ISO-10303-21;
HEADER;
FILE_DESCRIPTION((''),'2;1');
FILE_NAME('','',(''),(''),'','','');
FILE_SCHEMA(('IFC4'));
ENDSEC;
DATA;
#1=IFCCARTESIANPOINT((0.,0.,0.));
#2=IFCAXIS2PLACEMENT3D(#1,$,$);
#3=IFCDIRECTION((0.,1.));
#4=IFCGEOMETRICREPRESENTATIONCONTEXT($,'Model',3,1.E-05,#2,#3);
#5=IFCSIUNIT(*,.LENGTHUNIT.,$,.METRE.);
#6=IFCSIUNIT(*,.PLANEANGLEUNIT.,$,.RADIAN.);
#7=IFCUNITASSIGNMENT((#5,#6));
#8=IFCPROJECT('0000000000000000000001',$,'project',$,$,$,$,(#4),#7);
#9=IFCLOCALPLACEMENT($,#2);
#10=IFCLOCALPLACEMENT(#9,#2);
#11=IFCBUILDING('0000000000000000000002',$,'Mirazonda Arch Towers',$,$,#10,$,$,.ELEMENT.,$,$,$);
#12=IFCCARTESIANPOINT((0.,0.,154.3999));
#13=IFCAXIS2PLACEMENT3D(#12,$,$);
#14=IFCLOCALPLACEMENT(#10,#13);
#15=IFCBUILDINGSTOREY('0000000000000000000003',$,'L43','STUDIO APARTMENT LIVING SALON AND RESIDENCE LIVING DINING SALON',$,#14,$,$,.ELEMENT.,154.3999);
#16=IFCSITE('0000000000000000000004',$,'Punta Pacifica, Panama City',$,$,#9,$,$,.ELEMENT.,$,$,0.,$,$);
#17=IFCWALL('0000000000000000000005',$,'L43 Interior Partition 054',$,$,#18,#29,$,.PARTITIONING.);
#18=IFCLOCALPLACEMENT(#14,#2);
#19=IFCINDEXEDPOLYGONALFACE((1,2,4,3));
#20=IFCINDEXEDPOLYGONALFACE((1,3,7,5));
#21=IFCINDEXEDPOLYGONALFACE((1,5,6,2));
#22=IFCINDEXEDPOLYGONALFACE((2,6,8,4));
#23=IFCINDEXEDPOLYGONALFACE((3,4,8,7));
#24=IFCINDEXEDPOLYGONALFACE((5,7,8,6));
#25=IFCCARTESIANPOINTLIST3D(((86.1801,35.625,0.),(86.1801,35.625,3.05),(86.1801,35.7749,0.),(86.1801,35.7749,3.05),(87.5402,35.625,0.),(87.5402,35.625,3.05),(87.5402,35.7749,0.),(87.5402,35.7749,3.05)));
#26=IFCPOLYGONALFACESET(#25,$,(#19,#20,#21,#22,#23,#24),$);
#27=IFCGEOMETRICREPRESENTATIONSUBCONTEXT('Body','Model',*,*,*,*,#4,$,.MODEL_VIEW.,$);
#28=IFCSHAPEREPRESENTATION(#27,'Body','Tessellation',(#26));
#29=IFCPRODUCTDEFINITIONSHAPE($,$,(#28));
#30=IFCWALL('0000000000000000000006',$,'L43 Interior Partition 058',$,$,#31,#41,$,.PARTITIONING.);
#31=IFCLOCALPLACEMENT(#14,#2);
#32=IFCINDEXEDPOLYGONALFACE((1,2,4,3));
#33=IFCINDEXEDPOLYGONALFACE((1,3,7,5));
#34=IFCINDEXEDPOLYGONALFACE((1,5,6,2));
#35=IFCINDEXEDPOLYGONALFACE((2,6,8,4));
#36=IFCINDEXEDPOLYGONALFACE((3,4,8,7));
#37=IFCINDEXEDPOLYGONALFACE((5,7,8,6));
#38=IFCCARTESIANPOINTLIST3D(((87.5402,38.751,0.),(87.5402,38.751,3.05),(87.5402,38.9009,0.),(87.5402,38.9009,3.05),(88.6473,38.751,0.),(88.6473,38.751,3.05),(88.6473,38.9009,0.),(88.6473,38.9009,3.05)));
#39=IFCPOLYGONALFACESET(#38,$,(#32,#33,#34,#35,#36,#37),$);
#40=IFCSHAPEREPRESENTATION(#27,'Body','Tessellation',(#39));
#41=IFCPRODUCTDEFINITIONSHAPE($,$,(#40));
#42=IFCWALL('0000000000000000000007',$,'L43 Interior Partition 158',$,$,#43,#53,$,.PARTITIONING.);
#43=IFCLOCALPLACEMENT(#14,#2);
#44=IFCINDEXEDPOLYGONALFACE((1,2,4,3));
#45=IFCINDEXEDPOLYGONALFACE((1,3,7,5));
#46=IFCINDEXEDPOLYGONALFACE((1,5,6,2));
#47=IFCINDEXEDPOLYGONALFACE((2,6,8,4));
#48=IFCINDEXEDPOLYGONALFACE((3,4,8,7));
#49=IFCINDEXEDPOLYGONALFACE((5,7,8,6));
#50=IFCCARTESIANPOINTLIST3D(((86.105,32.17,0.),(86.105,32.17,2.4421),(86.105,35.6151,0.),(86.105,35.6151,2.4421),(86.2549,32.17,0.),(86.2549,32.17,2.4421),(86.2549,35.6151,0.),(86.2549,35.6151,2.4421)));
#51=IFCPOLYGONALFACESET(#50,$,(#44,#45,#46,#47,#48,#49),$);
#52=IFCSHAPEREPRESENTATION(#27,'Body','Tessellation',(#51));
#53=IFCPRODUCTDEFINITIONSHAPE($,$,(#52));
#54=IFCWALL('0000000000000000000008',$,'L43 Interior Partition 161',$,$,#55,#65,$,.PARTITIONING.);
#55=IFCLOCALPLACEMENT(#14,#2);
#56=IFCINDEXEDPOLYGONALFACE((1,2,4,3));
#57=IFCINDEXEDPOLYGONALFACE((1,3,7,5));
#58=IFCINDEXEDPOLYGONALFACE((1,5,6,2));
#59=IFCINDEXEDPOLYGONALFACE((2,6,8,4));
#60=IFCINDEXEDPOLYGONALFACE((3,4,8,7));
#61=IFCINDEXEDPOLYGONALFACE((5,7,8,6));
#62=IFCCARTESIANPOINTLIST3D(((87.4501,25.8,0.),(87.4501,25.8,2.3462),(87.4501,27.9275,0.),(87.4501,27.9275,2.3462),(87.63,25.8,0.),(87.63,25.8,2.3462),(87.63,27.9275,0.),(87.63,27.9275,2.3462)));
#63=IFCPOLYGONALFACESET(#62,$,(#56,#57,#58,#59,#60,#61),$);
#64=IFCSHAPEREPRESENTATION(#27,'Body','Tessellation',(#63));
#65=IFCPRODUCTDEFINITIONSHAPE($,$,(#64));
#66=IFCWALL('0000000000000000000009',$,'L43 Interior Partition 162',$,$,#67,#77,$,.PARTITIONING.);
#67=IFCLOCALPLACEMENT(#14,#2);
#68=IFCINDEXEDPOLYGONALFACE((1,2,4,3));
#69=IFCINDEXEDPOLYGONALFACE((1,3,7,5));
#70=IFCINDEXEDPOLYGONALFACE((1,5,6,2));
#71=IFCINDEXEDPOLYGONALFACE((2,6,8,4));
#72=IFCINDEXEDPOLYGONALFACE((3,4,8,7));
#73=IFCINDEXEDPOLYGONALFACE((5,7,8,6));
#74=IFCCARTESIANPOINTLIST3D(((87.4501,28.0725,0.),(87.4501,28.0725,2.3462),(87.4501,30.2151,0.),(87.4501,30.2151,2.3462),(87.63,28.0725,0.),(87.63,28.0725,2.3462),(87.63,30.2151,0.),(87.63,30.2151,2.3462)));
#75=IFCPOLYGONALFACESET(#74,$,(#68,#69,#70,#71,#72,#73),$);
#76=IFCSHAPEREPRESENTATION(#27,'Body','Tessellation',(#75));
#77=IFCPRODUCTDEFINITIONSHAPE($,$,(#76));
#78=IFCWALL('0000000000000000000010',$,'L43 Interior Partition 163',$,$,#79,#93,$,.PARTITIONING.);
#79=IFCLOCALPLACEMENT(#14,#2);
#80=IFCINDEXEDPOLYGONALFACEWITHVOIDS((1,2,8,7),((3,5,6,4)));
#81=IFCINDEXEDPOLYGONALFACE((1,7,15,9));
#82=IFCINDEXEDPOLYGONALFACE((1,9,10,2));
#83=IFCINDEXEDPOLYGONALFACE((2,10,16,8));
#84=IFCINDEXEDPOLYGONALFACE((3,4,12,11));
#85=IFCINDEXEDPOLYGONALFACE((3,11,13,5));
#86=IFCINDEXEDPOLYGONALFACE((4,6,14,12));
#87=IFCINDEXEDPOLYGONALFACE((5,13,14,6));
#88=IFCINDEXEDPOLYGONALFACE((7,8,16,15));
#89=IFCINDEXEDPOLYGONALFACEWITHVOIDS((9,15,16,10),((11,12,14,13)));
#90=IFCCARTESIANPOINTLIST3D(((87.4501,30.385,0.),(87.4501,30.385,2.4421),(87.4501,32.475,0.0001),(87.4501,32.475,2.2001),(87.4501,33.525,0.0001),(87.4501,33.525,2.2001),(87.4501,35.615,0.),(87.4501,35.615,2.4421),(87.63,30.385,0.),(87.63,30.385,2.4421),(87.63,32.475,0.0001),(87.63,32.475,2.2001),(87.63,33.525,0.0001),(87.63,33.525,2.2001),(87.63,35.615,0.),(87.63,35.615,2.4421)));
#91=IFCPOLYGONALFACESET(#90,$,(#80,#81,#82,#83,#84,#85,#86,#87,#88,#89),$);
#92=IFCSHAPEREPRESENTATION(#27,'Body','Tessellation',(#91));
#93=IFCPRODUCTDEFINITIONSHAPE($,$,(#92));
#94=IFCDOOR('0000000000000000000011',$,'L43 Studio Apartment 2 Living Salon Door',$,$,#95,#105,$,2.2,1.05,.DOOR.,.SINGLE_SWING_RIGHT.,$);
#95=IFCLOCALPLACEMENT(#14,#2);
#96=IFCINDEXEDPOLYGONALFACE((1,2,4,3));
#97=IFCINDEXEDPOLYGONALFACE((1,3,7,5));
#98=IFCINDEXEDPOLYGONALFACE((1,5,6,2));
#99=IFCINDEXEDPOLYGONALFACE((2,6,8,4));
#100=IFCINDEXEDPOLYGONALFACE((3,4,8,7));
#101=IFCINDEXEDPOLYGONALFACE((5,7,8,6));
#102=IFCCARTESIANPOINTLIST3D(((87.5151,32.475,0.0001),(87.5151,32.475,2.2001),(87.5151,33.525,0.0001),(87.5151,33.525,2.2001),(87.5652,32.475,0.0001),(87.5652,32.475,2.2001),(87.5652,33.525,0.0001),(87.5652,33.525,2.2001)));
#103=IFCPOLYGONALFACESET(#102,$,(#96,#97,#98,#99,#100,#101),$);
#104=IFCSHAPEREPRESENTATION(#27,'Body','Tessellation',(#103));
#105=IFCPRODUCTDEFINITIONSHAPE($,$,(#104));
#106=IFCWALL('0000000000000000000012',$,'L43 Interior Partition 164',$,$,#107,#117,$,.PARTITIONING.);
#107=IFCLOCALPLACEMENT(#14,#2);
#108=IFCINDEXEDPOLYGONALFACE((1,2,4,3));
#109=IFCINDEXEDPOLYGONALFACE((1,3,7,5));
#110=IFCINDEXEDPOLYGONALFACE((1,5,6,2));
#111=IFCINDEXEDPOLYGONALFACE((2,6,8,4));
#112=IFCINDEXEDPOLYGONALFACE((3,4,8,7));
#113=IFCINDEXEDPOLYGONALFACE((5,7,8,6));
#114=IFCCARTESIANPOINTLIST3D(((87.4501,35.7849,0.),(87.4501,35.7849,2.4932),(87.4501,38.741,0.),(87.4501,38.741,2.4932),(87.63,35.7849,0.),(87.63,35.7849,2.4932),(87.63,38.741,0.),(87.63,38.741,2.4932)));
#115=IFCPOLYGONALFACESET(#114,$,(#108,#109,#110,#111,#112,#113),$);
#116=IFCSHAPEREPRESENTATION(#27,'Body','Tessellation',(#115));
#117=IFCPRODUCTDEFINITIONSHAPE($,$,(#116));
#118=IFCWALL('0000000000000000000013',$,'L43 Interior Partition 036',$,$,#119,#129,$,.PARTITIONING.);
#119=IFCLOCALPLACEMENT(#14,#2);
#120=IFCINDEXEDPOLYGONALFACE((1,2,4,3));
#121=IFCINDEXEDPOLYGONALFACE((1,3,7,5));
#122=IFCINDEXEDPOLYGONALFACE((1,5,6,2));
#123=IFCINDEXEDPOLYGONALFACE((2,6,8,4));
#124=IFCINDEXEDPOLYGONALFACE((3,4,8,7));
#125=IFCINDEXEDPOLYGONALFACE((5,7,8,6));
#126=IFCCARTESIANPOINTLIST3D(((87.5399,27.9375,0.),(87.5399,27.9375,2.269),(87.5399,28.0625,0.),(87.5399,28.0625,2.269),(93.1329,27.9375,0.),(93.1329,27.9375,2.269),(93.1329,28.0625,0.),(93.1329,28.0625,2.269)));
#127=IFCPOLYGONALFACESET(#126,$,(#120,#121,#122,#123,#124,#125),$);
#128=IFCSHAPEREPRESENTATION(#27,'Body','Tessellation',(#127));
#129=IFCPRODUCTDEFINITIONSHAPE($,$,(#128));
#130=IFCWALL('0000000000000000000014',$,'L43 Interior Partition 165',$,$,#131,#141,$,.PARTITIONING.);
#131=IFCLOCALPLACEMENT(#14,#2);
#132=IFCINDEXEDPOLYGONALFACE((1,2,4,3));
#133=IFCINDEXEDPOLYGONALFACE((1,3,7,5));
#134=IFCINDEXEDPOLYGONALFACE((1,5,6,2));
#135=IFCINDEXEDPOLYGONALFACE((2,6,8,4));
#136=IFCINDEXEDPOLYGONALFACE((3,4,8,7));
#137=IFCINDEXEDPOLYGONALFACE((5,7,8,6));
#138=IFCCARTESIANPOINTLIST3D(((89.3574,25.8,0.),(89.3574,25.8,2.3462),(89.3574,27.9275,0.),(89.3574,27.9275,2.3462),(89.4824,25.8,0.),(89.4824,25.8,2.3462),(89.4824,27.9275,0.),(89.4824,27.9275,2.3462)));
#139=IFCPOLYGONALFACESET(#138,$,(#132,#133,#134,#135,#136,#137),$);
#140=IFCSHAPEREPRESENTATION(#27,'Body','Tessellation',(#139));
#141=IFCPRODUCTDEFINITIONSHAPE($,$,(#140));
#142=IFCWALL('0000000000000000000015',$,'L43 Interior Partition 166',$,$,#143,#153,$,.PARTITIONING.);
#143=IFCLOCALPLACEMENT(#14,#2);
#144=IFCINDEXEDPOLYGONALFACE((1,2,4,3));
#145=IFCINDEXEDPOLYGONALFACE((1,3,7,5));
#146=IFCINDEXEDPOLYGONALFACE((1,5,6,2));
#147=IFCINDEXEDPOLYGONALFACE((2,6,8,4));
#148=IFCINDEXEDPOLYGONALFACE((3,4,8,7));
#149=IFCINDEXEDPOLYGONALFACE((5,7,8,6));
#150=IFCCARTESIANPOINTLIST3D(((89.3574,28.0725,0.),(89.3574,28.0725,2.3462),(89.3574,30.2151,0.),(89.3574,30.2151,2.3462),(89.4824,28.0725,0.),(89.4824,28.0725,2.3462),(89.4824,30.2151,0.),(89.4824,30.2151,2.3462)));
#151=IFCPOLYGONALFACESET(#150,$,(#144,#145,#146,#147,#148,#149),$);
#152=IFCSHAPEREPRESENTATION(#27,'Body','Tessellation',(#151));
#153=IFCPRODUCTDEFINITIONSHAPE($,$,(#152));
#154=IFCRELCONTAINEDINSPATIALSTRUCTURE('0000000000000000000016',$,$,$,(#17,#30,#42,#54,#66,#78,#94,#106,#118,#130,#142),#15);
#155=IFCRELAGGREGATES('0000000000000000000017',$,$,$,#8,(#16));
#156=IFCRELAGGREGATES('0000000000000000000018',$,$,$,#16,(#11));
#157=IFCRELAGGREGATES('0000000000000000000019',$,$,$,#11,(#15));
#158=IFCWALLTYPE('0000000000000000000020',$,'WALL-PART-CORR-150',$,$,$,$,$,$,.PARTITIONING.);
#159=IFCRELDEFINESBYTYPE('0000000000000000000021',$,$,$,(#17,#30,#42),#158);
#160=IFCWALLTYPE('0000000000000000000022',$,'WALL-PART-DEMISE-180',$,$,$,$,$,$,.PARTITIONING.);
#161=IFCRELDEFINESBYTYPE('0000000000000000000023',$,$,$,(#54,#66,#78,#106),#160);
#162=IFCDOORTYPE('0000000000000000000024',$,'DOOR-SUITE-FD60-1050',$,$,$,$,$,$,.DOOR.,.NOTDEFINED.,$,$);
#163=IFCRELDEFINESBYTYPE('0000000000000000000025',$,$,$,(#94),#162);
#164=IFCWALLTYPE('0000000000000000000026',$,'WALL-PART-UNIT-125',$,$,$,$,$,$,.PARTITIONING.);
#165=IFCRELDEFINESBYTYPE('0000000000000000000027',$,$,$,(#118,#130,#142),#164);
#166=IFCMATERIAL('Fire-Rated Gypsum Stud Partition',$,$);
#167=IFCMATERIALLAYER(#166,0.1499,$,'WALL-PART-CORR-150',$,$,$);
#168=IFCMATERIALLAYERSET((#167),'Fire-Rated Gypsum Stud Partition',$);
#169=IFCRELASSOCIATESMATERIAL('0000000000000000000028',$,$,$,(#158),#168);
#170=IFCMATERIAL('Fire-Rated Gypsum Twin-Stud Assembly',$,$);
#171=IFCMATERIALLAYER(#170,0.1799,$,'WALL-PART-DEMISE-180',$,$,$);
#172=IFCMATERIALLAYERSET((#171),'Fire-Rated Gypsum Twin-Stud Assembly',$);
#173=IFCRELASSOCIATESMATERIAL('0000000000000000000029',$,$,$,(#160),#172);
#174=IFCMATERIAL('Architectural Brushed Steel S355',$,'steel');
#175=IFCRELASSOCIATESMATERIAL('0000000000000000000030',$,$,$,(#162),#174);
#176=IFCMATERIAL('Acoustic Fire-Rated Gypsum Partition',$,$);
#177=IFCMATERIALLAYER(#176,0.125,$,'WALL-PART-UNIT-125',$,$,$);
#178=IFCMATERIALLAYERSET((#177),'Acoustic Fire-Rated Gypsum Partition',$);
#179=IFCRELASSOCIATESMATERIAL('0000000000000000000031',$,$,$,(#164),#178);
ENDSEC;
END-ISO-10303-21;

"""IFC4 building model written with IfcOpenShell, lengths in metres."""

from ifc_helpers import new_model, si_unit, direction, frame, frame_2d, origin, place, context, subcontext, project, spatial, rectangle, extrude, material, layer, layer_set, type_object, element, fill, save


model = new_model("IFC4")

# Units and contexts
model_context = context("Model", 3, precision=1e-05, world=origin(), true_north=direction((0.0, 1.0)))
body_context = subcontext(model_context, "Body", "Model", "MODEL_VIEW")
ifc_project = project(units=[si_unit("LENGTHUNIT", "METRE"), si_unit("PLANEANGLEUNIT", "RADIAN")], contexts=[model_context])

# Site, building, storey
site_placement = place(None, origin())
site = spatial("IfcSite", under=ifc_project, at=site_placement, Name="Punta Pacifica, Panama City", CompositionType="ELEMENT", RefElevation=0.0)
building_placement = place(site_placement, origin())
building = spatial("IfcBuilding", under=site, at=building_placement, Name="Mirazonda Arch Towers", CompositionType="ELEMENT")
storey_placement = place(building_placement, frame((0.0, 0.0, 154.3999)))
storey = spatial("IfcBuildingStorey", under=building, at=storey_placement, Name="L43", Description="STUDIO APARTMENT LIVING SALON AND RESIDENCE LIVING DINING SALON", CompositionType="ELEMENT", Elevation=154.3999)

# Shared definitions
ifc_material_1 = material(Name="Fire-Rated Gypsum Stud Partition")
ifc_layer_1 = layer(ifc_material_1, 0.1499, Name="WALL-PART-CORR-150")
ifc_layer_set_1 = layer_set([ifc_layer_1], Name="Fire-Rated Gypsum Stud Partition")
wall_type_1 = type_object("IfcWallType", Name="WALL-PART-CORR-150", PredefinedType="PARTITIONING", material=ifc_layer_set_1)
ifc_material_2 = material(Name="Architectural Brushed Steel S355", Category="steel")

# Walls
wall_1_placement = place(storey_placement, frame((86.1799, 35.7, 0.0), z_axis=(0.0, 0.0, 1.0), x_axis=(1.0, 0.0, 0.0)))
element("IfcWall", 1, at=wall_1_placement, inside=storey, type_object=wall_type_1, Name="L43 Interior Partition 054", PredefinedType="PARTITIONING", context=body_context, shape_type="SweptSolid", body=[
    extrude(rectangle(XDim=1.3601, YDim=0.1499, at=frame_2d((0.6802, 0.0))), origin(), (0.0, 0.0, 1.0), 3.05),
])
wall_2_placement = place(storey_placement, frame((87.54, 38.8259, 0.0), z_axis=(0.0, 0.0, 1.0), x_axis=(1.0, 0.0, 0.0)))
element("IfcWall", 2, at=wall_2_placement, inside=storey, type_object=wall_type_1, Name="L43 Interior Partition 058", PredefinedType="PARTITIONING", context=body_context, shape_type="SweptSolid", body=[
    extrude(rectangle(XDim=1.1072, YDim=0.1499, at=frame_2d((0.5537, 0.0))), origin(), (0.0, 0.0, 1.0), 3.05),
])
wall_3_placement = place(storey_placement, frame((86.1799, 32.1699, 0.0), z_axis=(0.0, 0.0, 1.0), x_axis=(0.0, 1.0, 0.0)))
element("IfcWall", 3, at=wall_3_placement, inside=storey, type_object=wall_type_1, Name="L43 Interior Partition 158", PredefinedType="PARTITIONING", context=body_context, shape_type="SweptSolid", body=[
    extrude(rectangle(XDim=3.4451, YDim=0.1499, at=frame_2d((1.7227, 0.0))), origin(), (0.0, 0.0, 1.0), 2.4421),
])
ifc_material_3 = material(Name="Fire-Rated Gypsum Twin-Stud Assembly")
ifc_layer_2 = layer(ifc_material_3, 0.1799, Name="WALL-PART-DEMISE-180")
ifc_layer_set_2 = layer_set([ifc_layer_2], Name="Fire-Rated Gypsum Twin-Stud Assembly")
wall_type_2 = type_object("IfcWallType", Name="WALL-PART-DEMISE-180", PredefinedType="PARTITIONING", material=ifc_layer_set_2)
wall_4_placement = place(storey_placement, frame((87.54, 25.8, 0.0), z_axis=(0.0, 0.0, 1.0), x_axis=(0.0, 1.0, 0.0)))
element("IfcWall", 4, at=wall_4_placement, inside=storey, type_object=wall_type_2, Name="L43 Interior Partition 161", PredefinedType="PARTITIONING", context=body_context, shape_type="SweptSolid", body=[
    extrude(rectangle(XDim=2.1274, YDim=0.1799, at=frame_2d((1.0637, 0.0))), origin(), (0.0, 0.0, 1.0), 2.3462),
])
wall_5_placement = place(storey_placement, frame((87.54, 28.0725, 0.0), z_axis=(0.0, 0.0, 1.0), x_axis=(0.0, 1.0, 0.0)))
element("IfcWall", 5, at=wall_5_placement, inside=storey, type_object=wall_type_2, Name="L43 Interior Partition 162", PredefinedType="PARTITIONING", context=body_context, shape_type="SweptSolid", body=[
    extrude(rectangle(XDim=2.1426, YDim=0.1799, at=frame_2d((1.0713, 0.0))), origin(), (0.0, 0.0, 1.0), 2.3462),
])

# Wall, opening, door
wall_6_placement = place(storey_placement, frame((87.54, 30.385, 0.0), z_axis=(0.0, 0.0, 1.0), x_axis=(0.0, 1.0, 0.0)))
wall_6 = element("IfcWall", 6, at=wall_6_placement, inside=storey, type_object=wall_type_2, Name="L43 Interior Partition 163", PredefinedType="PARTITIONING", context=body_context, shape_type="SweptSolid", body=[
    extrude(rectangle(XDim=5.23, YDim=0.1799, at=frame_2d((2.615, 0.0))), origin(), (0.0, 0.0, 1.0), 2.4421),
])
opening_1_placement = place(wall_6_placement, frame((2.0901, 0.0, 0.0)))
opening_1 = element("IfcOpeningElement", 7, at=opening_1_placement, cuts=wall_6, PredefinedType="OPENING", context=body_context, shape_type="SweptSolid", body=[
    extrude(rectangle(XDim=1.05, YDim=2.2, at=frame_2d((0.5249, 1.1001))), frame((0.0, 0.0999, 0.0), z_axis=(0.0, -1.0, 0.0), x_axis=(1.0, 0.0, 0.0)), (0.0, 0.0, 1.0), 0.2),
])
door_type_1 = type_object("IfcDoorType", Name="DOOR-SUITE-FD60-1050", OperationType="NOTDEFINED", PredefinedType="DOOR", material=ifc_material_2)
door_1_placement = place(opening_1_placement, origin())
door_1 = element("IfcDoor", 8, at=door_1_placement, inside=storey, type_object=door_type_1, Name="L43 Studio Apartment 2 Living Salon Door", OperationType="SINGLE_SWING_RIGHT", OverallHeight=2.2, OverallWidth=1.05, PredefinedType="DOOR", context=body_context, shape_type="SweptSolid", body=[
    extrude(rectangle(XDim=1.05, YDim=2.2, at=frame_2d((0.5249, 1.1001))), frame((0.0, 0.0249, 0.0), z_axis=(0.0, -1.0, 0.0), x_axis=(1.0, 0.0, 0.0)), (0.0, 0.0, 1.0), 0.05),
])
fill(opening_1, door_1)

# Walls
wall_7_placement = place(storey_placement, frame((87.54, 35.7849, 0.0), z_axis=(0.0, 0.0, 1.0), x_axis=(0.0, 1.0, 0.0)))
element("IfcWall", 9, at=wall_7_placement, inside=storey, type_object=wall_type_2, Name="L43 Interior Partition 164", PredefinedType="PARTITIONING", context=body_context, shape_type="SweptSolid", body=[
    extrude(rectangle(XDim=2.9561, YDim=0.1799, at=frame_2d((1.478, 0.0))), origin(), (0.0, 0.0, 1.0), 2.4932),
])
ifc_material_4 = material(Name="Acoustic Fire-Rated Gypsum Partition")
ifc_layer_3 = layer(ifc_material_4, 0.125, Name="WALL-PART-UNIT-125")
ifc_layer_set_3 = layer_set([ifc_layer_3], Name="Acoustic Fire-Rated Gypsum Partition")
wall_type_3 = type_object("IfcWallType", Name="WALL-PART-UNIT-125", PredefinedType="PARTITIONING", material=ifc_layer_set_3)
wall_8_placement = place(storey_placement, frame((87.54, 28.0, 0.0), z_axis=(0.0, 0.0, 1.0), x_axis=(1.0, 0.0, 0.0)))
element("IfcWall", 10, at=wall_8_placement, inside=storey, type_object=wall_type_3, Name="L43 Interior Partition 036", PredefinedType="PARTITIONING", context=body_context, shape_type="SweptSolid", body=[
    extrude(rectangle(XDim=5.593, YDim=0.125, at=frame_2d((2.7964, 0.0))), origin(), (0.0, 0.0, 1.0), 2.269),
])
wall_9_placement = place(storey_placement, frame((89.4199, 25.8, 0.0), z_axis=(0.0, 0.0, 1.0), x_axis=(0.0, 1.0, 0.0)))
element("IfcWall", 11, at=wall_9_placement, inside=storey, type_object=wall_type_3, Name="L43 Interior Partition 165", PredefinedType="PARTITIONING", context=body_context, shape_type="SweptSolid", body=[
    extrude(rectangle(XDim=2.1274, YDim=0.125, at=frame_2d((1.0637, 0.0))), origin(), (0.0, 0.0, 1.0), 2.3462),
])
wall_10_placement = place(storey_placement, frame((89.4199, 28.0725, 0.0), z_axis=(0.0, 0.0, 1.0), x_axis=(0.0, 1.0, 0.0)))
element("IfcWall", 12, at=wall_10_placement, inside=storey, type_object=wall_type_3, Name="L43 Interior Partition 166", PredefinedType="PARTITIONING", context=body_context, shape_type="SweptSolid", body=[
    extrude(rectangle(XDim=2.1426, YDim=0.125, at=frame_2d((1.0713, 0.0))), origin(), (0.0, 0.0, 1.0), 2.3462),
])

save(model, "model.ifc")
